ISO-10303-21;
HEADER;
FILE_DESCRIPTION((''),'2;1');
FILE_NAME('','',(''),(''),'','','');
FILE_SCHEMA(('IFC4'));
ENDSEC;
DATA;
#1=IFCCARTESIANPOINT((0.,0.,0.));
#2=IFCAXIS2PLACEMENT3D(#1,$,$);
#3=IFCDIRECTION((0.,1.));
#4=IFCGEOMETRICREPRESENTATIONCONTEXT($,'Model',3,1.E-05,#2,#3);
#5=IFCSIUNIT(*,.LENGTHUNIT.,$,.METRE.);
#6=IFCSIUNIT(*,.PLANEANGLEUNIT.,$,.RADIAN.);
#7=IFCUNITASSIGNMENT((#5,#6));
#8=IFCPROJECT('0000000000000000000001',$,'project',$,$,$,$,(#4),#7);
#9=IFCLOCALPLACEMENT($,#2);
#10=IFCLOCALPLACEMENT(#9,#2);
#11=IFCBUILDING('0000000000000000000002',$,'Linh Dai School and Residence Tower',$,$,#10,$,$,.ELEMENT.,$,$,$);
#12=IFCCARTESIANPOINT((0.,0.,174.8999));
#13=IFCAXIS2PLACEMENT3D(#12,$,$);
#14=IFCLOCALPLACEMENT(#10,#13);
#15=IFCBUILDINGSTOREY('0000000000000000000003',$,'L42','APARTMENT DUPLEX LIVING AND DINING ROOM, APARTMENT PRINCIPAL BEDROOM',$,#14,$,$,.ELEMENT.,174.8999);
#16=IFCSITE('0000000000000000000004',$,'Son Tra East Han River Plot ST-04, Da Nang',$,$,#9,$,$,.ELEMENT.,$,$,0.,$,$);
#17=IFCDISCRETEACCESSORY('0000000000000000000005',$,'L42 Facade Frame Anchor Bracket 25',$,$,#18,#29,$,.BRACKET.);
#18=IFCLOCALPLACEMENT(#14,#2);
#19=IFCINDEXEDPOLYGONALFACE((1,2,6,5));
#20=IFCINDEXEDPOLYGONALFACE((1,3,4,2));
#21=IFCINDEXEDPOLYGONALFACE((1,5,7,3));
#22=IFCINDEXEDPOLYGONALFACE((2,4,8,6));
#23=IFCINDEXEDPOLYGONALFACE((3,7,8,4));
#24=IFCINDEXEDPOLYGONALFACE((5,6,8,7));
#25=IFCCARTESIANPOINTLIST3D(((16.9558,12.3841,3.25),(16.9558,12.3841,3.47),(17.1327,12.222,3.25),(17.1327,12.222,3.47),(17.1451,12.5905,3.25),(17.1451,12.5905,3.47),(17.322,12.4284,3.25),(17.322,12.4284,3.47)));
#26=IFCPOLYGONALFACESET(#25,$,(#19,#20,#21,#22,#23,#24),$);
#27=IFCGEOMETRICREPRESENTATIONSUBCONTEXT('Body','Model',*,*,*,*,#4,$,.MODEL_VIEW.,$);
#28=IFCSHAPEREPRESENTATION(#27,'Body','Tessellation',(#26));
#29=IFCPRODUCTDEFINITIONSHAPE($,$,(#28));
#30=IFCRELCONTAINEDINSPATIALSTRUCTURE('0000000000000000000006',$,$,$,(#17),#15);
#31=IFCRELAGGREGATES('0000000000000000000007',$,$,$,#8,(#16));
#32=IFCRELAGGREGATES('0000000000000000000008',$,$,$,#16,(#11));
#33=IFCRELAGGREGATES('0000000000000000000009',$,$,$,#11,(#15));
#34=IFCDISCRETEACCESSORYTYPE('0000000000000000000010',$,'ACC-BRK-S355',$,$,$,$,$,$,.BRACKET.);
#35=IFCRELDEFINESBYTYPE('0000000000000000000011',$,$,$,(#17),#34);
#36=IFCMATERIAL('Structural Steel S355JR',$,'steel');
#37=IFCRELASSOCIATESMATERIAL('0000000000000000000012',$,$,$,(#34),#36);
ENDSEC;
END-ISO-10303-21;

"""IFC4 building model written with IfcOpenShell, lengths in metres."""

from ifc_helpers import new_model, si_unit, direction, frame, origin, origin_2d, place, context, subcontext, project, spatial, rectangle, extrude, source, transform, mapped, material, type_object, element, save


model = new_model("IFC4")

# Units and contexts
model_context = context("Model", 3, precision=1e-05, world=origin(), true_north=direction((0.0, 1.0)))
body_context = subcontext(model_context, "Body", "Model", "MODEL_VIEW")
ifc_project = project(units=[si_unit("LENGTHUNIT", "METRE"), si_unit("PLANEANGLEUNIT", "RADIAN")], contexts=[model_context])

# Site, building, storey
site_placement = place(None, origin())
site = spatial("IfcSite", under=ifc_project, at=site_placement, Name="Son Tra East Han River Plot ST-04, Da Nang", CompositionType="ELEMENT", RefElevation=0.0)
building_placement = place(site_placement, origin())
building = spatial("IfcBuilding", under=site, at=building_placement, Name="Linh Dai School and Residence Tower", CompositionType="ELEMENT")
storey_placement = place(building_placement, frame((0.0, 0.0, 174.8999)))
storey = spatial("IfcBuildingStorey", under=building, at=storey_placement, Name="L42", Description="APARTMENT DUPLEX LIVING AND DINING ROOM, APARTMENT PRINCIPAL BEDROOM", CompositionType="ELEMENT", Elevation=174.8999)

# Shared definitions
ifc_material_1 = material(Name="Structural Steel S355JR", Category="steel")

# Discrete accessory
discrete_accessory_type = type_object("IfcDiscreteAccessoryType", Name="ACC-BRK-S355", PredefinedType="BRACKET", material=ifc_material_1)
shared_shape_1 = source(origin(), body_context, "Body", "SweptSolid", [
    extrude(rectangle(XDim=0.28, YDim=0.24, at=origin_2d()), origin(), (0.0, 0.0, 1.0), 0.22),
])
discrete_accessory_placement = place(storey_placement, frame((17.1389, 12.4062, 3.25), z_axis=(0.0, 0.0, 1.0), x_axis=(-0.6758, -0.737085, 0.0)))
element("IfcDiscreteAccessory", 1, at=discrete_accessory_placement, inside=storey, type_object=discrete_accessory_type, Name="L42 Facade Frame Anchor Bracket 25", PredefinedType="BRACKET", context=body_context, shape_type="MappedRepresentation", body=[
    mapped(shared_shape_1, transform((0.0, 0.0, 0.0), x_axis=(1.0, 0.0, 0.0), y_axis=(0.0, 1.0, 0.0), z_axis=(0.0, 0.0, 1.0), scale=1.0)),
])

save(model, "model.ifc")
